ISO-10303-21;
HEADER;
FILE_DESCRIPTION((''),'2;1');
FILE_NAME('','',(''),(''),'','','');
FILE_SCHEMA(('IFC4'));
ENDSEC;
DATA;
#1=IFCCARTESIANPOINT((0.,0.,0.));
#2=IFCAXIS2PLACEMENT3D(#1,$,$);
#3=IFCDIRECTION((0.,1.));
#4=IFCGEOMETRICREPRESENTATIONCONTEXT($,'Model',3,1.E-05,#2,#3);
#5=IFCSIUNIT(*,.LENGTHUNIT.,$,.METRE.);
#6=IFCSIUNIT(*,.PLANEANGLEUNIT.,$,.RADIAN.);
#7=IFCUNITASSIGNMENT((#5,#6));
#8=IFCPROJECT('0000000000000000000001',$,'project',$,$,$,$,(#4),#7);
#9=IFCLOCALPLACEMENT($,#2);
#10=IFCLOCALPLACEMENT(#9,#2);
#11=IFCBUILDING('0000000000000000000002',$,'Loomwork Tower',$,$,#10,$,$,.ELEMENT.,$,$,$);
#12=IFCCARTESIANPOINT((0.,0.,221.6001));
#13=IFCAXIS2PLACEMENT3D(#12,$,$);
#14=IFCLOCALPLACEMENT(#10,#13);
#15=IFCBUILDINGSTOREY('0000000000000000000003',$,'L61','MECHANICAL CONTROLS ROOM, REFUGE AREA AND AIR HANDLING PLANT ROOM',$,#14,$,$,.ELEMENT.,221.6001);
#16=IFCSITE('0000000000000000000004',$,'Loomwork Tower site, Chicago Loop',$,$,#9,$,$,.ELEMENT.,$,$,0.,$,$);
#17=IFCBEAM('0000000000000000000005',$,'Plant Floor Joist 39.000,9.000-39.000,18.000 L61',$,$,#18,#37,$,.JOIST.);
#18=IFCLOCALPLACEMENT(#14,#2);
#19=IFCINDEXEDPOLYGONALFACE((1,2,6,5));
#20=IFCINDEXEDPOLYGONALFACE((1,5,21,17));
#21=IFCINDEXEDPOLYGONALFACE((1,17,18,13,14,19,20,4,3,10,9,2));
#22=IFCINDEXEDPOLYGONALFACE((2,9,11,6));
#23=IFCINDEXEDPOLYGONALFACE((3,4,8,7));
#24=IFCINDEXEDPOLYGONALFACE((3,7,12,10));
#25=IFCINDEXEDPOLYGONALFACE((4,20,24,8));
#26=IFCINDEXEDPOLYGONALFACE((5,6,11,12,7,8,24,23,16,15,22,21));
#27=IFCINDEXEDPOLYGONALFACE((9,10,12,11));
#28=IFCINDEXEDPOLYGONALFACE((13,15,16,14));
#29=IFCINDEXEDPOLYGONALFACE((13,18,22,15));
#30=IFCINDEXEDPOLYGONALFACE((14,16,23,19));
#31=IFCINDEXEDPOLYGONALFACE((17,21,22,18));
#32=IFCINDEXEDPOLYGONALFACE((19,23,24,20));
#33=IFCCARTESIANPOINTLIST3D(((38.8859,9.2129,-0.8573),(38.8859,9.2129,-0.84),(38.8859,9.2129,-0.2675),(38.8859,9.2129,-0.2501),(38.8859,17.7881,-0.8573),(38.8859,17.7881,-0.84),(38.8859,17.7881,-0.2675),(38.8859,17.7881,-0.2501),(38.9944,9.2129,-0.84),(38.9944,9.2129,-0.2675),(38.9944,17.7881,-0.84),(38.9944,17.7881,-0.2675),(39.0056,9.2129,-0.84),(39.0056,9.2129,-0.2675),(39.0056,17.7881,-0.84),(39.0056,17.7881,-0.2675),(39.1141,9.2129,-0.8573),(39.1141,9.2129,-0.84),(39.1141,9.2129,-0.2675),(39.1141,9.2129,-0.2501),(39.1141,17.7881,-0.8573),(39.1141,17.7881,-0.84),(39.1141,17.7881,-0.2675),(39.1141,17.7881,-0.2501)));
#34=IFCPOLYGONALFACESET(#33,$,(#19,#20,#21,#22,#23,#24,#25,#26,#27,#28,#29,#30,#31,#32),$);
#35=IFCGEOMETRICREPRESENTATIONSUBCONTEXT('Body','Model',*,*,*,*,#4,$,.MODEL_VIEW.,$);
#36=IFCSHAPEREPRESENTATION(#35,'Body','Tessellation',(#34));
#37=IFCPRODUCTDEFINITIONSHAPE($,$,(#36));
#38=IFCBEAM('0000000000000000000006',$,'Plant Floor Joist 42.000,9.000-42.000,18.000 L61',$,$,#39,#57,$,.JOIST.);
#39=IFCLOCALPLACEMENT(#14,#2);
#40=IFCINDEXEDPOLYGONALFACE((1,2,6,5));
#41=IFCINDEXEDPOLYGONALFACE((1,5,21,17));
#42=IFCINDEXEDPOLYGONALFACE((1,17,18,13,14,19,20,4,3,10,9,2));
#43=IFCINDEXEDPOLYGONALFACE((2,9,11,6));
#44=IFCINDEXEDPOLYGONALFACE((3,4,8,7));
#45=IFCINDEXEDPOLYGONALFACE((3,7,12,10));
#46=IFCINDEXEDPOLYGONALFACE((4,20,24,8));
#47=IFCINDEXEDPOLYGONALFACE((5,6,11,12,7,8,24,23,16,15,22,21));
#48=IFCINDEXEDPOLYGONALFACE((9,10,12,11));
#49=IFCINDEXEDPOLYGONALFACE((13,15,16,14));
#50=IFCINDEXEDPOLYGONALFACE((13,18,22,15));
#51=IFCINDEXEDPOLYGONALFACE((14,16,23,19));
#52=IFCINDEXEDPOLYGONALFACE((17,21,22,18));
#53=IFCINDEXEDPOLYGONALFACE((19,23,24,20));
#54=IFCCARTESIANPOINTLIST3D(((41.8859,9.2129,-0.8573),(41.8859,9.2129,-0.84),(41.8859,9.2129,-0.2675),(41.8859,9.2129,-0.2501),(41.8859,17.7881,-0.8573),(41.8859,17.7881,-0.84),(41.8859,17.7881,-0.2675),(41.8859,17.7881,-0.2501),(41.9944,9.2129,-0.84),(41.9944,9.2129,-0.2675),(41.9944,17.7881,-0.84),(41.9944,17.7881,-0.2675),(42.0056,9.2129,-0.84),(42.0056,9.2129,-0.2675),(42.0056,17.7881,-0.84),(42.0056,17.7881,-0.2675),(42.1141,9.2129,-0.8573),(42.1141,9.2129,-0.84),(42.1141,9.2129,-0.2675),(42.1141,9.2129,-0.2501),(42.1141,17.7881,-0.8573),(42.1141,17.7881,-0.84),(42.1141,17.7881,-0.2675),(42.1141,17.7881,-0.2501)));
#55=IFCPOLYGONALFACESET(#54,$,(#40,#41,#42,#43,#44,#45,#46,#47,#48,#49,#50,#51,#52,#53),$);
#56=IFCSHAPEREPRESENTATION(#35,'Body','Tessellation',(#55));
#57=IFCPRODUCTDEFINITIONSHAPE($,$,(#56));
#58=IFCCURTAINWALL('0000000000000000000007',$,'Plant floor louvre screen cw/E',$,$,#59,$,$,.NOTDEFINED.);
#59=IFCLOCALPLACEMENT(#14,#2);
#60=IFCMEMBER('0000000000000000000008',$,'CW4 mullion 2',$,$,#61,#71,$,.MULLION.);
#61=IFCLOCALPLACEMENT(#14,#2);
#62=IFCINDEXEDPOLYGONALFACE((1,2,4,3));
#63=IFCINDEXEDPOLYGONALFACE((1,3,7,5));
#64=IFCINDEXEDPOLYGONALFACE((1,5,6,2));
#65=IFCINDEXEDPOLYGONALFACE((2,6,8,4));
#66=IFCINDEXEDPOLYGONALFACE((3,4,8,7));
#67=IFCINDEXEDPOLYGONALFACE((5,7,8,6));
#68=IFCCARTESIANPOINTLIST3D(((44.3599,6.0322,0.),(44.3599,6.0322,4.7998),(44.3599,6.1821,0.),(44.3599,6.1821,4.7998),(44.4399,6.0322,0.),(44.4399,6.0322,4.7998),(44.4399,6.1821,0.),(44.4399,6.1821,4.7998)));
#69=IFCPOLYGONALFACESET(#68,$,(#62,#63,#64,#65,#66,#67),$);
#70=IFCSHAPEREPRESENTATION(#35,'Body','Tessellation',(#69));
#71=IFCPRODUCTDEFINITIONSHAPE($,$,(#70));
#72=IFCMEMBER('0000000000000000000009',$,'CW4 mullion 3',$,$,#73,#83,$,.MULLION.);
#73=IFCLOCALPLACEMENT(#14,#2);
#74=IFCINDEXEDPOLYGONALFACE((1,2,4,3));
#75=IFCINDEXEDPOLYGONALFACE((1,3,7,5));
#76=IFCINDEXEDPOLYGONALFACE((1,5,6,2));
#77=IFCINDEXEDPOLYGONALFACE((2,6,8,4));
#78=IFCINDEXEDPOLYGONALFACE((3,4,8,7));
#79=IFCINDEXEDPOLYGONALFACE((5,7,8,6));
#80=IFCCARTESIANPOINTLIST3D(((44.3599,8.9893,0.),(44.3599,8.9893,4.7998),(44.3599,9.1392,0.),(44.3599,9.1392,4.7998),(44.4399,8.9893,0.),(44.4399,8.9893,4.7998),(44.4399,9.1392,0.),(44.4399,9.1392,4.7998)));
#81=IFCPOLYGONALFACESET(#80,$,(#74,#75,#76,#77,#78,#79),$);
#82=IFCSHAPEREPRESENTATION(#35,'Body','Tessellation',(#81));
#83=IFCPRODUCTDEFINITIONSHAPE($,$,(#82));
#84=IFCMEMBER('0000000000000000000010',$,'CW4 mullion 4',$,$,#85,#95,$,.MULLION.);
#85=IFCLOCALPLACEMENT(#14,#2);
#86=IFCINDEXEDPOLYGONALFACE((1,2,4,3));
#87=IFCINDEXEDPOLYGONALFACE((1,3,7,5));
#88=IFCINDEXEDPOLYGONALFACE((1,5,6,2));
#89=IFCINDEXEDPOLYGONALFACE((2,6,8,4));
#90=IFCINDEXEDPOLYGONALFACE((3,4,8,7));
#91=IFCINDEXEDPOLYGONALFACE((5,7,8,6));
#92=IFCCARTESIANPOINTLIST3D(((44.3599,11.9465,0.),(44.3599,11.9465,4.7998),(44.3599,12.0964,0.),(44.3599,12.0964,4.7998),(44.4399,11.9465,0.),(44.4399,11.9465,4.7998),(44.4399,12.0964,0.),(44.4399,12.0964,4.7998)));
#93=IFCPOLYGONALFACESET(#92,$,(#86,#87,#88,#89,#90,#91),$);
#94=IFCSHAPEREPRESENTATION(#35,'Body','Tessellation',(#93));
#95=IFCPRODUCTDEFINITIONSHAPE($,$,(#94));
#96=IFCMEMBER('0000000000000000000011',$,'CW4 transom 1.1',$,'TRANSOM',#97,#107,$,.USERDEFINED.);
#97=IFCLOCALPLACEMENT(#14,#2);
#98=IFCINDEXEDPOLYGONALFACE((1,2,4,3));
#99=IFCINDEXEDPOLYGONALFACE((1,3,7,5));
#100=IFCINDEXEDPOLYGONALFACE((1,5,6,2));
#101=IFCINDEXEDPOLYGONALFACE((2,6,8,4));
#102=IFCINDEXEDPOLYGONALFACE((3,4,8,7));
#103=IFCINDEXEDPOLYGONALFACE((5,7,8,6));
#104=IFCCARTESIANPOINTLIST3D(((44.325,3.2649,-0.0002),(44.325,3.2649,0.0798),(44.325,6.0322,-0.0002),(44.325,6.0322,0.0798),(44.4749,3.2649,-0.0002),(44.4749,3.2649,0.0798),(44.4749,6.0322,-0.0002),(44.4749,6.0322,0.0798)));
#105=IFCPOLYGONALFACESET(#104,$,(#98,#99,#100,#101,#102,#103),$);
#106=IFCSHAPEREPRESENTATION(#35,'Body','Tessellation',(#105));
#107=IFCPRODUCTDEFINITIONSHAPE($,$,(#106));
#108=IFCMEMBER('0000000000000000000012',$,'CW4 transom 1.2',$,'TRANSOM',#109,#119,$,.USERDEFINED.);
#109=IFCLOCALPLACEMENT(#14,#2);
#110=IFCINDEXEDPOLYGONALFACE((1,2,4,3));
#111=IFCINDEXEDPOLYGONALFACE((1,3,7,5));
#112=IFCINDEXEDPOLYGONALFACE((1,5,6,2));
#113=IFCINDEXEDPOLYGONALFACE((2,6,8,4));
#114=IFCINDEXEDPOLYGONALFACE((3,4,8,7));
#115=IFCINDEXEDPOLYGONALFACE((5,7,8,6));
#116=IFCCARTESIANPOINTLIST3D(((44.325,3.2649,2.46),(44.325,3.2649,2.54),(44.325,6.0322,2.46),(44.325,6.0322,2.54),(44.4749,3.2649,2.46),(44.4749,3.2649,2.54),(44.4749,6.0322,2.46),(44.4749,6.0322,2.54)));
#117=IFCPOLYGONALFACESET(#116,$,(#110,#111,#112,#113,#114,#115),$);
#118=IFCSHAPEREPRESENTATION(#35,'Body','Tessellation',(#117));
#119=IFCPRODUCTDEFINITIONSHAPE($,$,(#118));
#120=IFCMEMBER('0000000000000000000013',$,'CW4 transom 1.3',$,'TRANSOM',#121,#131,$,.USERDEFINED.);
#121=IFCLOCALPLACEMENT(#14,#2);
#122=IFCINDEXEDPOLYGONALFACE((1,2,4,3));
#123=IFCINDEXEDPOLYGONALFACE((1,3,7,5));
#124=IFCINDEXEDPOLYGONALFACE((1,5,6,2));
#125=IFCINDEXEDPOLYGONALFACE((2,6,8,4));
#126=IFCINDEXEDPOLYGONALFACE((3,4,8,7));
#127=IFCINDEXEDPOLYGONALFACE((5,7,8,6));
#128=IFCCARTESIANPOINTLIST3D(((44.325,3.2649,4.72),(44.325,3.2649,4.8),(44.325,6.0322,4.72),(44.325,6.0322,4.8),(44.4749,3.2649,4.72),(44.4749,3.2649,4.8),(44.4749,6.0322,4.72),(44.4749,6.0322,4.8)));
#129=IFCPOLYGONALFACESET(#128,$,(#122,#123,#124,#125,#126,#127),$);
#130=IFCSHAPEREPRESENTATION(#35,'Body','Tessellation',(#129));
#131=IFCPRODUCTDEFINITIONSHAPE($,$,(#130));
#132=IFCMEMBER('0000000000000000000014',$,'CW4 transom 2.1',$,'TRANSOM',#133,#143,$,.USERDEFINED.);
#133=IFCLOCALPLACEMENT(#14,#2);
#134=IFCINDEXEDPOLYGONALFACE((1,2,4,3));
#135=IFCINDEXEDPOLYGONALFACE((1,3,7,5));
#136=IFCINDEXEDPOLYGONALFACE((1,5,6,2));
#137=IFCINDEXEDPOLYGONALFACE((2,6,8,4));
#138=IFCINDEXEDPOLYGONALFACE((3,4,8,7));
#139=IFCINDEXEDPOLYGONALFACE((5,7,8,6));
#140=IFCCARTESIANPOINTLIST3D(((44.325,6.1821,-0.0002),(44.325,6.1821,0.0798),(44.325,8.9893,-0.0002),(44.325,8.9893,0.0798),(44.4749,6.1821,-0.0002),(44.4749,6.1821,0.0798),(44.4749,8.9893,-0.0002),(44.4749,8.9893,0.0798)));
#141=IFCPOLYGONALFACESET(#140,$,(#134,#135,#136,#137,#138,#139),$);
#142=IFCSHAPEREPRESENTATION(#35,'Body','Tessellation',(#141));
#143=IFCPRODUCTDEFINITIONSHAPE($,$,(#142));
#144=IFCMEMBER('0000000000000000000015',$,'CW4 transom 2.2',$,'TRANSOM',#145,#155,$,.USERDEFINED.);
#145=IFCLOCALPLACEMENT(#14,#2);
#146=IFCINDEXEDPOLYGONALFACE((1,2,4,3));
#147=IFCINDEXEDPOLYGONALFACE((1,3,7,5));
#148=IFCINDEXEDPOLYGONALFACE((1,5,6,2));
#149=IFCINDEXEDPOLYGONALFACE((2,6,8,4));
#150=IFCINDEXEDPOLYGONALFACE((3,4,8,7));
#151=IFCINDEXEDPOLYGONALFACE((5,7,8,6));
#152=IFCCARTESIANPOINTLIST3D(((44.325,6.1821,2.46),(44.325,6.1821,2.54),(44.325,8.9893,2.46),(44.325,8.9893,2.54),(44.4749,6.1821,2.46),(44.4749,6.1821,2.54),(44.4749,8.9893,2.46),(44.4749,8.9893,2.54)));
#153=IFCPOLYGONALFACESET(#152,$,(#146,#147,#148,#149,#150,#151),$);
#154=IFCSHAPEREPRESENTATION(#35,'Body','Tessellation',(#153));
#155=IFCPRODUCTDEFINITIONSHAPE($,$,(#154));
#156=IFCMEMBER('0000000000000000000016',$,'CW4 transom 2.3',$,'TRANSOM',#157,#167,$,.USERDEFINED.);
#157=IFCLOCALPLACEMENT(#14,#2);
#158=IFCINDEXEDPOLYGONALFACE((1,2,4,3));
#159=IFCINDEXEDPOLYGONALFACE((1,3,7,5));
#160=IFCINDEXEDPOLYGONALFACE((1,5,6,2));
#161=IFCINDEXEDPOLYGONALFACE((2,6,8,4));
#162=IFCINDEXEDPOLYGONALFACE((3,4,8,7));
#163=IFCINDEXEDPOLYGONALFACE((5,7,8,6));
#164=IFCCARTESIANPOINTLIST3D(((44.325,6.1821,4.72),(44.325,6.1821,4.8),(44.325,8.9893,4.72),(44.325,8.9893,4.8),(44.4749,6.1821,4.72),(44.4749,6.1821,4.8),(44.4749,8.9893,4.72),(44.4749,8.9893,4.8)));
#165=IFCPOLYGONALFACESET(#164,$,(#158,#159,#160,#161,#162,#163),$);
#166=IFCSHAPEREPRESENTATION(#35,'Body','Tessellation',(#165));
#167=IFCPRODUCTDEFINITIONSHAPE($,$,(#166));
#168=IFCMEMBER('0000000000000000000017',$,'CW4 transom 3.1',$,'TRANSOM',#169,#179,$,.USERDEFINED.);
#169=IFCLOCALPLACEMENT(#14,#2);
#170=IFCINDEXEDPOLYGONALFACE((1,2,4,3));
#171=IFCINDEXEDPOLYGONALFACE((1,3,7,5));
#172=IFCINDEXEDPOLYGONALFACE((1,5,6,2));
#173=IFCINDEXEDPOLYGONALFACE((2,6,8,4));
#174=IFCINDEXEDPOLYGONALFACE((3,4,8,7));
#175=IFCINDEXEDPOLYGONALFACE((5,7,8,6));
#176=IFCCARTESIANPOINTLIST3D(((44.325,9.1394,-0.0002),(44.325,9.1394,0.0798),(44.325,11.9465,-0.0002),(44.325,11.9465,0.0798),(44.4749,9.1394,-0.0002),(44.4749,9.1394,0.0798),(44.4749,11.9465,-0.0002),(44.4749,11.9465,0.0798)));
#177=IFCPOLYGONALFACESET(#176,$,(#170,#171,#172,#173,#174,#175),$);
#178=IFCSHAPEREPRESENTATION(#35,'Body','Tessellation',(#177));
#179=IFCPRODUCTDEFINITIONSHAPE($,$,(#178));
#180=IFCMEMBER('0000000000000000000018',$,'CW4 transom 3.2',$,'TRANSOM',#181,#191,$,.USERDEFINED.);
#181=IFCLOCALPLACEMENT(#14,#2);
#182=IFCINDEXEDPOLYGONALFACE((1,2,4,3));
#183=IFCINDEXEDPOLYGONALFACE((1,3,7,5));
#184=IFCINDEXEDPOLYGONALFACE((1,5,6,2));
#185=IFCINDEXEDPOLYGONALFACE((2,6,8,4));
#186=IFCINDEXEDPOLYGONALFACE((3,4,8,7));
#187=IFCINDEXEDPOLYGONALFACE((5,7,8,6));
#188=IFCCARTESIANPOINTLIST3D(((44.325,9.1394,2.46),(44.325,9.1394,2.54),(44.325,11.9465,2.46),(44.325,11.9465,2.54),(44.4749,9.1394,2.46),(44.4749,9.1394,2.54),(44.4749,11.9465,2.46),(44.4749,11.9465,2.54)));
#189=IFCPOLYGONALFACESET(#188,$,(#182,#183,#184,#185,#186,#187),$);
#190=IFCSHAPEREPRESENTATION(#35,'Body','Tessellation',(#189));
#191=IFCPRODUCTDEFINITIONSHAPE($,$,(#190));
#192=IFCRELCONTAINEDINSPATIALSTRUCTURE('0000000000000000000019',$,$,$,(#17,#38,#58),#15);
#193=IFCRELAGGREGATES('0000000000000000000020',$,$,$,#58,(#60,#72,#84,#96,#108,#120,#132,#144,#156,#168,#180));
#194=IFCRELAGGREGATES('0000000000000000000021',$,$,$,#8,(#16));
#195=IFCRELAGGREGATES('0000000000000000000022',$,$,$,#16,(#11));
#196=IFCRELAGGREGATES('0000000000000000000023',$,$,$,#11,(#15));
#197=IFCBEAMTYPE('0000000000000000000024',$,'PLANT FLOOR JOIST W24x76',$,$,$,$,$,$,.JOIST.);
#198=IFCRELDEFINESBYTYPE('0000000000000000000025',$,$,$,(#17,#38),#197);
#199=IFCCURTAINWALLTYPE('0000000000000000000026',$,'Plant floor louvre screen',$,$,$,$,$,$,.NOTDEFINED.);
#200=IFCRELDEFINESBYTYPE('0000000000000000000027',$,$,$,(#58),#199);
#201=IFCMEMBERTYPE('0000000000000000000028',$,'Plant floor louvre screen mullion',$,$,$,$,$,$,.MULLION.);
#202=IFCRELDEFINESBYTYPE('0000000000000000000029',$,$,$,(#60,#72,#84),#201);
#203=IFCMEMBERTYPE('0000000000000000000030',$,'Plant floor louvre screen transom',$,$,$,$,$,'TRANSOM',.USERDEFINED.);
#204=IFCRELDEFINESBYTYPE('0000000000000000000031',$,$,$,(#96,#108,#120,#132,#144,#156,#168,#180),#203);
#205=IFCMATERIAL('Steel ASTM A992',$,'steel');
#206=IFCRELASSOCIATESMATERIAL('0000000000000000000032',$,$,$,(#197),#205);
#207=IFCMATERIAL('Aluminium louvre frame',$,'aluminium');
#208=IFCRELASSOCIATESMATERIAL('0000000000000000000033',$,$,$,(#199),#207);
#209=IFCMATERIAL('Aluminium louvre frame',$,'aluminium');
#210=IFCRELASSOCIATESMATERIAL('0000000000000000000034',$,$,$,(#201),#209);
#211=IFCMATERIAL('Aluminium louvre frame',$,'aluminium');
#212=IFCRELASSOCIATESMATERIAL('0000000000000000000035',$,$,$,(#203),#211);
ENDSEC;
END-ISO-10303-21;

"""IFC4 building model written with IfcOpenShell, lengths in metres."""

from ifc_helpers import new_model, si_unit, direction, frame, origin, origin_2d, place, context, subcontext, project, spatial, rectangle, i_section, extrude, material, material_profile, profile_set, type_object, element, aggregate, save


model = new_model("IFC4")

# Units and contexts
model_context = context("Model", 3, precision=1e-05, world=origin(), true_north=direction((0.0, 1.0)))
body_context = subcontext(model_context, "Body", "Model", "MODEL_VIEW")
ifc_project = project(units=[si_unit("LENGTHUNIT", "METRE"), si_unit("PLANEANGLEUNIT", "RADIAN")], contexts=[model_context])

# Site, building, storey
site_placement = place(None, origin())
site = spatial("IfcSite", under=ifc_project, at=site_placement, Name="Loomwork Tower site, Chicago Loop", CompositionType="ELEMENT", RefElevation=0.0)
building_placement = place(site_placement, origin())
building = spatial("IfcBuilding", under=site, at=building_placement, Name="Loomwork Tower", CompositionType="ELEMENT")
storey_placement = place(building_placement, frame((0.0, 0.0, 221.6001)))
storey = spatial("IfcBuildingStorey", under=building, at=storey_placement, Name="L61", Description="MECHANICAL CONTROLS ROOM, REFUGE AREA AND AIR HANDLING PLANT ROOM", CompositionType="ELEMENT", Elevation=221.6001)

# Beams
ifc_material_1 = material(Name="Steel ASTM A992", Category="steel")
ifc_material_profile_1 = material_profile(ifc_material_1, i_section(OverallWidth=0.2283, OverallDepth=0.6072, WebThickness=0.0112, FlangeThickness=0.0173, at=origin_2d()), Name="W24x76")
ifc_profile_set_1 = profile_set([ifc_material_profile_1], Name="Steel ASTM A992")
beam_type_1 = type_object("IfcBeamType", Name="PLANT FLOOR JOIST W24x76", PredefinedType="JOIST", material=ifc_profile_set_1)
for number, where, z_axis, x_axis, name in (
    (1, (39.0, 9.2129, -0.5537), (0.0, 1.0, 0.0), (-1.0, 0.0, 0.0), "Plant Floor Joist 39.000,9.000-39.000,18.000 L61"),
    (2, (42.0, 9.2129, -0.5537), (0.0, 1.0, 0.0), (-1.0, 0.0, 0.0), "Plant Floor Joist 42.000,9.000-42.000,18.000 L61"),
):
    element("IfcBeam", number, at=place(storey_placement, frame(where, z_axis=z_axis, x_axis=x_axis)), inside=storey, type_object=beam_type_1, Name=name, PredefinedType="JOIST", context=body_context, shape_type="SweptSolid", body=[
        extrude(i_section(OverallWidth=0.2283, OverallDepth=0.6072, WebThickness=0.0112, FlangeThickness=0.0173, at=origin_2d()), origin(), (0.0, 0.0, 1.0), 8.5752),
    ])

# Curtain wall, members
ifc_material_2 = material(Name="Aluminium louvre frame", Category="aluminium")
curtain_wall_type = type_object("IfcCurtainWallType", Name="Plant floor louvre screen", PredefinedType="NOTDEFINED", material=ifc_material_2)
curtain_wall_placement = place(storey_placement, origin())
curtain_wall = element("IfcCurtainWall", 3, at=curtain_wall_placement, inside=storey, type_object=curtain_wall_type, Name="Plant floor louvre screen cw/E", PredefinedType="NOTDEFINED")
ifc_material_3 = material(Name="Aluminium louvre frame", Category="aluminium")
ifc_material_profile_2 = material_profile(ifc_material_3, rectangle(XDim=0.0801, YDim=0.1499, at=origin_2d()), Name="AL 80x150")
ifc_profile_set_2 = profile_set([ifc_material_profile_2], Name="Aluminium louvre frame")
member_type_1 = type_object("IfcMemberType", Name="Plant floor louvre screen mullion", PredefinedType="MULLION", material=ifc_profile_set_2)
member_1_placement = place(storey_placement, frame((44.3999, 6.1072, 0.0), z_axis=(0.0, 0.0, 1.0), x_axis=(-1.0, 0.0, 0.0)))
member_1 = element("IfcMember", 4, at=member_1_placement, type_object=member_type_1, Name="CW4 mullion 2", PredefinedType="MULLION", context=body_context, shape_type="SweptSolid", body=[
    extrude(rectangle(XDim=0.0801, YDim=0.1499, at=origin_2d()), origin(), (0.0, 0.0, 1.0), 4.7998),
])
member_2_placement = place(storey_placement, frame((44.3999, 9.0642, 0.0), z_axis=(0.0, 0.0, 1.0), x_axis=(-1.0, 0.0, 0.0)))
member_2 = element("IfcMember", 5, at=member_2_placement, type_object=member_type_1, Name="CW4 mullion 3", PredefinedType="MULLION", context=body_context, shape_type="SweptSolid", body=[
    extrude(rectangle(XDim=0.0801, YDim=0.1499, at=origin_2d()), origin(), (0.0, 0.0, 1.0), 4.7998),
])
member_3_placement = place(storey_placement, frame((44.3999, 12.0215, 0.0), z_axis=(0.0, 0.0, 1.0), x_axis=(-1.0, 0.0, 0.0)))
member_3 = element("IfcMember", 6, at=member_3_placement, type_object=member_type_1, Name="CW4 mullion 4", PredefinedType="MULLION", context=body_context, shape_type="SweptSolid", body=[
    extrude(rectangle(XDim=0.0801, YDim=0.1499, at=origin_2d()), origin(), (0.0, 0.0, 1.0), 4.7998),
])
ifc_material_4 = material(Name="Aluminium louvre frame", Category="aluminium")
ifc_material_profile_3 = material_profile(ifc_material_4, rectangle(XDim=0.1499, YDim=0.0801, at=origin_2d()), Name="AL 80x150")
ifc_profile_set_3 = profile_set([ifc_material_profile_3], Name="Aluminium louvre frame")
member_type_2 = type_object("IfcMemberType", Name="Plant floor louvre screen transom", ElementType="TRANSOM", PredefinedType="USERDEFINED", material=ifc_profile_set_3)
member_4_placement = place(storey_placement, frame((44.3999, 3.2649, 0.0398), z_axis=(0.0, 1.0, 0.0), x_axis=(-1.0, 0.0, 0.0)))
member_4 = element("IfcMember", 7, at=member_4_placement, type_object=member_type_2, Name="CW4 transom 1.1", ObjectType="TRANSOM", PredefinedType="USERDEFINED", context=body_context, shape_type="SweptSolid", body=[
    extrude(rectangle(XDim=0.1499, YDim=0.0801, at=origin_2d()), origin(), (0.0, 0.0, 1.0), 2.7673),
])
member_5_placement = place(storey_placement, frame((44.3999, 3.2649, 2.5), z_axis=(0.0, 1.0, 0.0), x_axis=(-1.0, 0.0, 0.0)))
member_5 = element("IfcMember", 8, at=member_5_placement, type_object=member_type_2, Name="CW4 transom 1.2", ObjectType="TRANSOM", PredefinedType="USERDEFINED", context=body_context, shape_type="SweptSolid", body=[
    extrude(rectangle(XDim=0.1499, YDim=0.0801, at=origin_2d()), origin(), (0.0, 0.0, 1.0), 2.7673),
])
member_6_placement = place(storey_placement, frame((44.3999, 3.2649, 4.76), z_axis=(0.0, 1.0, 0.0), x_axis=(-1.0, 0.0, 0.0)))
member_6 = element("IfcMember", 9, at=member_6_placement, type_object=member_type_2, Name="CW4 transom 1.3", ObjectType="TRANSOM", PredefinedType="USERDEFINED", context=body_context, shape_type="SweptSolid", body=[
    extrude(rectangle(XDim=0.1499, YDim=0.0801, at=origin_2d()), origin(), (0.0, 0.0, 1.0), 2.7673),
])
member_7_placement = place(storey_placement, frame((44.3999, 6.1821, 0.0398), z_axis=(0.0, 1.0, 0.0), x_axis=(-1.0, 0.0, 0.0)))
member_7 = element("IfcMember", 10, at=member_7_placement, type_object=member_type_2, Name="CW4 transom 2.1", ObjectType="TRANSOM", PredefinedType="USERDEFINED", context=body_context, shape_type="SweptSolid", body=[
    extrude(rectangle(XDim=0.1499, YDim=0.0801, at=origin_2d()), origin(), (0.0, 0.0, 1.0), 2.8071),
])
member_8_placement = place(storey_placement, frame((44.3999, 6.1821, 2.5), z_axis=(0.0, 1.0, 0.0), x_axis=(-1.0, 0.0, 0.0)))
member_8 = element("IfcMember", 11, at=member_8_placement, type_object=member_type_2, Name="CW4 transom 2.2", ObjectType="TRANSOM", PredefinedType="USERDEFINED", context=body_context, shape_type="SweptSolid", body=[
    extrude(rectangle(XDim=0.1499, YDim=0.0801, at=origin_2d()), origin(), (0.0, 0.0, 1.0), 2.8071),
])
member_9_placement = place(storey_placement, frame((44.3999, 6.1821, 4.76), z_axis=(0.0, 1.0, 0.0), x_axis=(-1.0, 0.0, 0.0)))
member_9 = element("IfcMember", 12, at=member_9_placement, type_object=member_type_2, Name="CW4 transom 2.3", ObjectType="TRANSOM", PredefinedType="USERDEFINED", context=body_context, shape_type="SweptSolid", body=[
    extrude(rectangle(XDim=0.1499, YDim=0.0801, at=origin_2d()), origin(), (0.0, 0.0, 1.0), 2.8071),
])
member_10_placement = place(storey_placement, frame((44.3999, 9.1394, 0.0398), z_axis=(0.0, 1.0, 0.0), x_axis=(-1.0, 0.0, 0.0)))
member_10 = element("IfcMember", 13, at=member_10_placement, type_object=member_type_2, Name="CW4 transom 3.1", ObjectType="TRANSOM", PredefinedType="USERDEFINED", context=body_context, shape_type="SweptSolid", body=[
    extrude(rectangle(XDim=0.1499, YDim=0.0801, at=origin_2d()), origin(), (0.0, 0.0, 1.0), 2.8071),
])
member_11_placement = place(storey_placement, frame((44.3999, 9.1394, 2.5), z_axis=(0.0, 1.0, 0.0), x_axis=(-1.0, 0.0, 0.0)))
member_11 = element("IfcMember", 14, at=member_11_placement, type_object=member_type_2, Name="CW4 transom 3.2", ObjectType="TRANSOM", PredefinedType="USERDEFINED", context=body_context, shape_type="SweptSolid", body=[
    extrude(rectangle(XDim=0.1499, YDim=0.0801, at=origin_2d()), origin(), (0.0, 0.0, 1.0), 2.8071),
])
aggregate(curtain_wall, [member_1, member_2, member_3, member_4, member_5, member_6, member_7, member_8, member_9, member_10, member_11])

save(model, "model.ifc")
